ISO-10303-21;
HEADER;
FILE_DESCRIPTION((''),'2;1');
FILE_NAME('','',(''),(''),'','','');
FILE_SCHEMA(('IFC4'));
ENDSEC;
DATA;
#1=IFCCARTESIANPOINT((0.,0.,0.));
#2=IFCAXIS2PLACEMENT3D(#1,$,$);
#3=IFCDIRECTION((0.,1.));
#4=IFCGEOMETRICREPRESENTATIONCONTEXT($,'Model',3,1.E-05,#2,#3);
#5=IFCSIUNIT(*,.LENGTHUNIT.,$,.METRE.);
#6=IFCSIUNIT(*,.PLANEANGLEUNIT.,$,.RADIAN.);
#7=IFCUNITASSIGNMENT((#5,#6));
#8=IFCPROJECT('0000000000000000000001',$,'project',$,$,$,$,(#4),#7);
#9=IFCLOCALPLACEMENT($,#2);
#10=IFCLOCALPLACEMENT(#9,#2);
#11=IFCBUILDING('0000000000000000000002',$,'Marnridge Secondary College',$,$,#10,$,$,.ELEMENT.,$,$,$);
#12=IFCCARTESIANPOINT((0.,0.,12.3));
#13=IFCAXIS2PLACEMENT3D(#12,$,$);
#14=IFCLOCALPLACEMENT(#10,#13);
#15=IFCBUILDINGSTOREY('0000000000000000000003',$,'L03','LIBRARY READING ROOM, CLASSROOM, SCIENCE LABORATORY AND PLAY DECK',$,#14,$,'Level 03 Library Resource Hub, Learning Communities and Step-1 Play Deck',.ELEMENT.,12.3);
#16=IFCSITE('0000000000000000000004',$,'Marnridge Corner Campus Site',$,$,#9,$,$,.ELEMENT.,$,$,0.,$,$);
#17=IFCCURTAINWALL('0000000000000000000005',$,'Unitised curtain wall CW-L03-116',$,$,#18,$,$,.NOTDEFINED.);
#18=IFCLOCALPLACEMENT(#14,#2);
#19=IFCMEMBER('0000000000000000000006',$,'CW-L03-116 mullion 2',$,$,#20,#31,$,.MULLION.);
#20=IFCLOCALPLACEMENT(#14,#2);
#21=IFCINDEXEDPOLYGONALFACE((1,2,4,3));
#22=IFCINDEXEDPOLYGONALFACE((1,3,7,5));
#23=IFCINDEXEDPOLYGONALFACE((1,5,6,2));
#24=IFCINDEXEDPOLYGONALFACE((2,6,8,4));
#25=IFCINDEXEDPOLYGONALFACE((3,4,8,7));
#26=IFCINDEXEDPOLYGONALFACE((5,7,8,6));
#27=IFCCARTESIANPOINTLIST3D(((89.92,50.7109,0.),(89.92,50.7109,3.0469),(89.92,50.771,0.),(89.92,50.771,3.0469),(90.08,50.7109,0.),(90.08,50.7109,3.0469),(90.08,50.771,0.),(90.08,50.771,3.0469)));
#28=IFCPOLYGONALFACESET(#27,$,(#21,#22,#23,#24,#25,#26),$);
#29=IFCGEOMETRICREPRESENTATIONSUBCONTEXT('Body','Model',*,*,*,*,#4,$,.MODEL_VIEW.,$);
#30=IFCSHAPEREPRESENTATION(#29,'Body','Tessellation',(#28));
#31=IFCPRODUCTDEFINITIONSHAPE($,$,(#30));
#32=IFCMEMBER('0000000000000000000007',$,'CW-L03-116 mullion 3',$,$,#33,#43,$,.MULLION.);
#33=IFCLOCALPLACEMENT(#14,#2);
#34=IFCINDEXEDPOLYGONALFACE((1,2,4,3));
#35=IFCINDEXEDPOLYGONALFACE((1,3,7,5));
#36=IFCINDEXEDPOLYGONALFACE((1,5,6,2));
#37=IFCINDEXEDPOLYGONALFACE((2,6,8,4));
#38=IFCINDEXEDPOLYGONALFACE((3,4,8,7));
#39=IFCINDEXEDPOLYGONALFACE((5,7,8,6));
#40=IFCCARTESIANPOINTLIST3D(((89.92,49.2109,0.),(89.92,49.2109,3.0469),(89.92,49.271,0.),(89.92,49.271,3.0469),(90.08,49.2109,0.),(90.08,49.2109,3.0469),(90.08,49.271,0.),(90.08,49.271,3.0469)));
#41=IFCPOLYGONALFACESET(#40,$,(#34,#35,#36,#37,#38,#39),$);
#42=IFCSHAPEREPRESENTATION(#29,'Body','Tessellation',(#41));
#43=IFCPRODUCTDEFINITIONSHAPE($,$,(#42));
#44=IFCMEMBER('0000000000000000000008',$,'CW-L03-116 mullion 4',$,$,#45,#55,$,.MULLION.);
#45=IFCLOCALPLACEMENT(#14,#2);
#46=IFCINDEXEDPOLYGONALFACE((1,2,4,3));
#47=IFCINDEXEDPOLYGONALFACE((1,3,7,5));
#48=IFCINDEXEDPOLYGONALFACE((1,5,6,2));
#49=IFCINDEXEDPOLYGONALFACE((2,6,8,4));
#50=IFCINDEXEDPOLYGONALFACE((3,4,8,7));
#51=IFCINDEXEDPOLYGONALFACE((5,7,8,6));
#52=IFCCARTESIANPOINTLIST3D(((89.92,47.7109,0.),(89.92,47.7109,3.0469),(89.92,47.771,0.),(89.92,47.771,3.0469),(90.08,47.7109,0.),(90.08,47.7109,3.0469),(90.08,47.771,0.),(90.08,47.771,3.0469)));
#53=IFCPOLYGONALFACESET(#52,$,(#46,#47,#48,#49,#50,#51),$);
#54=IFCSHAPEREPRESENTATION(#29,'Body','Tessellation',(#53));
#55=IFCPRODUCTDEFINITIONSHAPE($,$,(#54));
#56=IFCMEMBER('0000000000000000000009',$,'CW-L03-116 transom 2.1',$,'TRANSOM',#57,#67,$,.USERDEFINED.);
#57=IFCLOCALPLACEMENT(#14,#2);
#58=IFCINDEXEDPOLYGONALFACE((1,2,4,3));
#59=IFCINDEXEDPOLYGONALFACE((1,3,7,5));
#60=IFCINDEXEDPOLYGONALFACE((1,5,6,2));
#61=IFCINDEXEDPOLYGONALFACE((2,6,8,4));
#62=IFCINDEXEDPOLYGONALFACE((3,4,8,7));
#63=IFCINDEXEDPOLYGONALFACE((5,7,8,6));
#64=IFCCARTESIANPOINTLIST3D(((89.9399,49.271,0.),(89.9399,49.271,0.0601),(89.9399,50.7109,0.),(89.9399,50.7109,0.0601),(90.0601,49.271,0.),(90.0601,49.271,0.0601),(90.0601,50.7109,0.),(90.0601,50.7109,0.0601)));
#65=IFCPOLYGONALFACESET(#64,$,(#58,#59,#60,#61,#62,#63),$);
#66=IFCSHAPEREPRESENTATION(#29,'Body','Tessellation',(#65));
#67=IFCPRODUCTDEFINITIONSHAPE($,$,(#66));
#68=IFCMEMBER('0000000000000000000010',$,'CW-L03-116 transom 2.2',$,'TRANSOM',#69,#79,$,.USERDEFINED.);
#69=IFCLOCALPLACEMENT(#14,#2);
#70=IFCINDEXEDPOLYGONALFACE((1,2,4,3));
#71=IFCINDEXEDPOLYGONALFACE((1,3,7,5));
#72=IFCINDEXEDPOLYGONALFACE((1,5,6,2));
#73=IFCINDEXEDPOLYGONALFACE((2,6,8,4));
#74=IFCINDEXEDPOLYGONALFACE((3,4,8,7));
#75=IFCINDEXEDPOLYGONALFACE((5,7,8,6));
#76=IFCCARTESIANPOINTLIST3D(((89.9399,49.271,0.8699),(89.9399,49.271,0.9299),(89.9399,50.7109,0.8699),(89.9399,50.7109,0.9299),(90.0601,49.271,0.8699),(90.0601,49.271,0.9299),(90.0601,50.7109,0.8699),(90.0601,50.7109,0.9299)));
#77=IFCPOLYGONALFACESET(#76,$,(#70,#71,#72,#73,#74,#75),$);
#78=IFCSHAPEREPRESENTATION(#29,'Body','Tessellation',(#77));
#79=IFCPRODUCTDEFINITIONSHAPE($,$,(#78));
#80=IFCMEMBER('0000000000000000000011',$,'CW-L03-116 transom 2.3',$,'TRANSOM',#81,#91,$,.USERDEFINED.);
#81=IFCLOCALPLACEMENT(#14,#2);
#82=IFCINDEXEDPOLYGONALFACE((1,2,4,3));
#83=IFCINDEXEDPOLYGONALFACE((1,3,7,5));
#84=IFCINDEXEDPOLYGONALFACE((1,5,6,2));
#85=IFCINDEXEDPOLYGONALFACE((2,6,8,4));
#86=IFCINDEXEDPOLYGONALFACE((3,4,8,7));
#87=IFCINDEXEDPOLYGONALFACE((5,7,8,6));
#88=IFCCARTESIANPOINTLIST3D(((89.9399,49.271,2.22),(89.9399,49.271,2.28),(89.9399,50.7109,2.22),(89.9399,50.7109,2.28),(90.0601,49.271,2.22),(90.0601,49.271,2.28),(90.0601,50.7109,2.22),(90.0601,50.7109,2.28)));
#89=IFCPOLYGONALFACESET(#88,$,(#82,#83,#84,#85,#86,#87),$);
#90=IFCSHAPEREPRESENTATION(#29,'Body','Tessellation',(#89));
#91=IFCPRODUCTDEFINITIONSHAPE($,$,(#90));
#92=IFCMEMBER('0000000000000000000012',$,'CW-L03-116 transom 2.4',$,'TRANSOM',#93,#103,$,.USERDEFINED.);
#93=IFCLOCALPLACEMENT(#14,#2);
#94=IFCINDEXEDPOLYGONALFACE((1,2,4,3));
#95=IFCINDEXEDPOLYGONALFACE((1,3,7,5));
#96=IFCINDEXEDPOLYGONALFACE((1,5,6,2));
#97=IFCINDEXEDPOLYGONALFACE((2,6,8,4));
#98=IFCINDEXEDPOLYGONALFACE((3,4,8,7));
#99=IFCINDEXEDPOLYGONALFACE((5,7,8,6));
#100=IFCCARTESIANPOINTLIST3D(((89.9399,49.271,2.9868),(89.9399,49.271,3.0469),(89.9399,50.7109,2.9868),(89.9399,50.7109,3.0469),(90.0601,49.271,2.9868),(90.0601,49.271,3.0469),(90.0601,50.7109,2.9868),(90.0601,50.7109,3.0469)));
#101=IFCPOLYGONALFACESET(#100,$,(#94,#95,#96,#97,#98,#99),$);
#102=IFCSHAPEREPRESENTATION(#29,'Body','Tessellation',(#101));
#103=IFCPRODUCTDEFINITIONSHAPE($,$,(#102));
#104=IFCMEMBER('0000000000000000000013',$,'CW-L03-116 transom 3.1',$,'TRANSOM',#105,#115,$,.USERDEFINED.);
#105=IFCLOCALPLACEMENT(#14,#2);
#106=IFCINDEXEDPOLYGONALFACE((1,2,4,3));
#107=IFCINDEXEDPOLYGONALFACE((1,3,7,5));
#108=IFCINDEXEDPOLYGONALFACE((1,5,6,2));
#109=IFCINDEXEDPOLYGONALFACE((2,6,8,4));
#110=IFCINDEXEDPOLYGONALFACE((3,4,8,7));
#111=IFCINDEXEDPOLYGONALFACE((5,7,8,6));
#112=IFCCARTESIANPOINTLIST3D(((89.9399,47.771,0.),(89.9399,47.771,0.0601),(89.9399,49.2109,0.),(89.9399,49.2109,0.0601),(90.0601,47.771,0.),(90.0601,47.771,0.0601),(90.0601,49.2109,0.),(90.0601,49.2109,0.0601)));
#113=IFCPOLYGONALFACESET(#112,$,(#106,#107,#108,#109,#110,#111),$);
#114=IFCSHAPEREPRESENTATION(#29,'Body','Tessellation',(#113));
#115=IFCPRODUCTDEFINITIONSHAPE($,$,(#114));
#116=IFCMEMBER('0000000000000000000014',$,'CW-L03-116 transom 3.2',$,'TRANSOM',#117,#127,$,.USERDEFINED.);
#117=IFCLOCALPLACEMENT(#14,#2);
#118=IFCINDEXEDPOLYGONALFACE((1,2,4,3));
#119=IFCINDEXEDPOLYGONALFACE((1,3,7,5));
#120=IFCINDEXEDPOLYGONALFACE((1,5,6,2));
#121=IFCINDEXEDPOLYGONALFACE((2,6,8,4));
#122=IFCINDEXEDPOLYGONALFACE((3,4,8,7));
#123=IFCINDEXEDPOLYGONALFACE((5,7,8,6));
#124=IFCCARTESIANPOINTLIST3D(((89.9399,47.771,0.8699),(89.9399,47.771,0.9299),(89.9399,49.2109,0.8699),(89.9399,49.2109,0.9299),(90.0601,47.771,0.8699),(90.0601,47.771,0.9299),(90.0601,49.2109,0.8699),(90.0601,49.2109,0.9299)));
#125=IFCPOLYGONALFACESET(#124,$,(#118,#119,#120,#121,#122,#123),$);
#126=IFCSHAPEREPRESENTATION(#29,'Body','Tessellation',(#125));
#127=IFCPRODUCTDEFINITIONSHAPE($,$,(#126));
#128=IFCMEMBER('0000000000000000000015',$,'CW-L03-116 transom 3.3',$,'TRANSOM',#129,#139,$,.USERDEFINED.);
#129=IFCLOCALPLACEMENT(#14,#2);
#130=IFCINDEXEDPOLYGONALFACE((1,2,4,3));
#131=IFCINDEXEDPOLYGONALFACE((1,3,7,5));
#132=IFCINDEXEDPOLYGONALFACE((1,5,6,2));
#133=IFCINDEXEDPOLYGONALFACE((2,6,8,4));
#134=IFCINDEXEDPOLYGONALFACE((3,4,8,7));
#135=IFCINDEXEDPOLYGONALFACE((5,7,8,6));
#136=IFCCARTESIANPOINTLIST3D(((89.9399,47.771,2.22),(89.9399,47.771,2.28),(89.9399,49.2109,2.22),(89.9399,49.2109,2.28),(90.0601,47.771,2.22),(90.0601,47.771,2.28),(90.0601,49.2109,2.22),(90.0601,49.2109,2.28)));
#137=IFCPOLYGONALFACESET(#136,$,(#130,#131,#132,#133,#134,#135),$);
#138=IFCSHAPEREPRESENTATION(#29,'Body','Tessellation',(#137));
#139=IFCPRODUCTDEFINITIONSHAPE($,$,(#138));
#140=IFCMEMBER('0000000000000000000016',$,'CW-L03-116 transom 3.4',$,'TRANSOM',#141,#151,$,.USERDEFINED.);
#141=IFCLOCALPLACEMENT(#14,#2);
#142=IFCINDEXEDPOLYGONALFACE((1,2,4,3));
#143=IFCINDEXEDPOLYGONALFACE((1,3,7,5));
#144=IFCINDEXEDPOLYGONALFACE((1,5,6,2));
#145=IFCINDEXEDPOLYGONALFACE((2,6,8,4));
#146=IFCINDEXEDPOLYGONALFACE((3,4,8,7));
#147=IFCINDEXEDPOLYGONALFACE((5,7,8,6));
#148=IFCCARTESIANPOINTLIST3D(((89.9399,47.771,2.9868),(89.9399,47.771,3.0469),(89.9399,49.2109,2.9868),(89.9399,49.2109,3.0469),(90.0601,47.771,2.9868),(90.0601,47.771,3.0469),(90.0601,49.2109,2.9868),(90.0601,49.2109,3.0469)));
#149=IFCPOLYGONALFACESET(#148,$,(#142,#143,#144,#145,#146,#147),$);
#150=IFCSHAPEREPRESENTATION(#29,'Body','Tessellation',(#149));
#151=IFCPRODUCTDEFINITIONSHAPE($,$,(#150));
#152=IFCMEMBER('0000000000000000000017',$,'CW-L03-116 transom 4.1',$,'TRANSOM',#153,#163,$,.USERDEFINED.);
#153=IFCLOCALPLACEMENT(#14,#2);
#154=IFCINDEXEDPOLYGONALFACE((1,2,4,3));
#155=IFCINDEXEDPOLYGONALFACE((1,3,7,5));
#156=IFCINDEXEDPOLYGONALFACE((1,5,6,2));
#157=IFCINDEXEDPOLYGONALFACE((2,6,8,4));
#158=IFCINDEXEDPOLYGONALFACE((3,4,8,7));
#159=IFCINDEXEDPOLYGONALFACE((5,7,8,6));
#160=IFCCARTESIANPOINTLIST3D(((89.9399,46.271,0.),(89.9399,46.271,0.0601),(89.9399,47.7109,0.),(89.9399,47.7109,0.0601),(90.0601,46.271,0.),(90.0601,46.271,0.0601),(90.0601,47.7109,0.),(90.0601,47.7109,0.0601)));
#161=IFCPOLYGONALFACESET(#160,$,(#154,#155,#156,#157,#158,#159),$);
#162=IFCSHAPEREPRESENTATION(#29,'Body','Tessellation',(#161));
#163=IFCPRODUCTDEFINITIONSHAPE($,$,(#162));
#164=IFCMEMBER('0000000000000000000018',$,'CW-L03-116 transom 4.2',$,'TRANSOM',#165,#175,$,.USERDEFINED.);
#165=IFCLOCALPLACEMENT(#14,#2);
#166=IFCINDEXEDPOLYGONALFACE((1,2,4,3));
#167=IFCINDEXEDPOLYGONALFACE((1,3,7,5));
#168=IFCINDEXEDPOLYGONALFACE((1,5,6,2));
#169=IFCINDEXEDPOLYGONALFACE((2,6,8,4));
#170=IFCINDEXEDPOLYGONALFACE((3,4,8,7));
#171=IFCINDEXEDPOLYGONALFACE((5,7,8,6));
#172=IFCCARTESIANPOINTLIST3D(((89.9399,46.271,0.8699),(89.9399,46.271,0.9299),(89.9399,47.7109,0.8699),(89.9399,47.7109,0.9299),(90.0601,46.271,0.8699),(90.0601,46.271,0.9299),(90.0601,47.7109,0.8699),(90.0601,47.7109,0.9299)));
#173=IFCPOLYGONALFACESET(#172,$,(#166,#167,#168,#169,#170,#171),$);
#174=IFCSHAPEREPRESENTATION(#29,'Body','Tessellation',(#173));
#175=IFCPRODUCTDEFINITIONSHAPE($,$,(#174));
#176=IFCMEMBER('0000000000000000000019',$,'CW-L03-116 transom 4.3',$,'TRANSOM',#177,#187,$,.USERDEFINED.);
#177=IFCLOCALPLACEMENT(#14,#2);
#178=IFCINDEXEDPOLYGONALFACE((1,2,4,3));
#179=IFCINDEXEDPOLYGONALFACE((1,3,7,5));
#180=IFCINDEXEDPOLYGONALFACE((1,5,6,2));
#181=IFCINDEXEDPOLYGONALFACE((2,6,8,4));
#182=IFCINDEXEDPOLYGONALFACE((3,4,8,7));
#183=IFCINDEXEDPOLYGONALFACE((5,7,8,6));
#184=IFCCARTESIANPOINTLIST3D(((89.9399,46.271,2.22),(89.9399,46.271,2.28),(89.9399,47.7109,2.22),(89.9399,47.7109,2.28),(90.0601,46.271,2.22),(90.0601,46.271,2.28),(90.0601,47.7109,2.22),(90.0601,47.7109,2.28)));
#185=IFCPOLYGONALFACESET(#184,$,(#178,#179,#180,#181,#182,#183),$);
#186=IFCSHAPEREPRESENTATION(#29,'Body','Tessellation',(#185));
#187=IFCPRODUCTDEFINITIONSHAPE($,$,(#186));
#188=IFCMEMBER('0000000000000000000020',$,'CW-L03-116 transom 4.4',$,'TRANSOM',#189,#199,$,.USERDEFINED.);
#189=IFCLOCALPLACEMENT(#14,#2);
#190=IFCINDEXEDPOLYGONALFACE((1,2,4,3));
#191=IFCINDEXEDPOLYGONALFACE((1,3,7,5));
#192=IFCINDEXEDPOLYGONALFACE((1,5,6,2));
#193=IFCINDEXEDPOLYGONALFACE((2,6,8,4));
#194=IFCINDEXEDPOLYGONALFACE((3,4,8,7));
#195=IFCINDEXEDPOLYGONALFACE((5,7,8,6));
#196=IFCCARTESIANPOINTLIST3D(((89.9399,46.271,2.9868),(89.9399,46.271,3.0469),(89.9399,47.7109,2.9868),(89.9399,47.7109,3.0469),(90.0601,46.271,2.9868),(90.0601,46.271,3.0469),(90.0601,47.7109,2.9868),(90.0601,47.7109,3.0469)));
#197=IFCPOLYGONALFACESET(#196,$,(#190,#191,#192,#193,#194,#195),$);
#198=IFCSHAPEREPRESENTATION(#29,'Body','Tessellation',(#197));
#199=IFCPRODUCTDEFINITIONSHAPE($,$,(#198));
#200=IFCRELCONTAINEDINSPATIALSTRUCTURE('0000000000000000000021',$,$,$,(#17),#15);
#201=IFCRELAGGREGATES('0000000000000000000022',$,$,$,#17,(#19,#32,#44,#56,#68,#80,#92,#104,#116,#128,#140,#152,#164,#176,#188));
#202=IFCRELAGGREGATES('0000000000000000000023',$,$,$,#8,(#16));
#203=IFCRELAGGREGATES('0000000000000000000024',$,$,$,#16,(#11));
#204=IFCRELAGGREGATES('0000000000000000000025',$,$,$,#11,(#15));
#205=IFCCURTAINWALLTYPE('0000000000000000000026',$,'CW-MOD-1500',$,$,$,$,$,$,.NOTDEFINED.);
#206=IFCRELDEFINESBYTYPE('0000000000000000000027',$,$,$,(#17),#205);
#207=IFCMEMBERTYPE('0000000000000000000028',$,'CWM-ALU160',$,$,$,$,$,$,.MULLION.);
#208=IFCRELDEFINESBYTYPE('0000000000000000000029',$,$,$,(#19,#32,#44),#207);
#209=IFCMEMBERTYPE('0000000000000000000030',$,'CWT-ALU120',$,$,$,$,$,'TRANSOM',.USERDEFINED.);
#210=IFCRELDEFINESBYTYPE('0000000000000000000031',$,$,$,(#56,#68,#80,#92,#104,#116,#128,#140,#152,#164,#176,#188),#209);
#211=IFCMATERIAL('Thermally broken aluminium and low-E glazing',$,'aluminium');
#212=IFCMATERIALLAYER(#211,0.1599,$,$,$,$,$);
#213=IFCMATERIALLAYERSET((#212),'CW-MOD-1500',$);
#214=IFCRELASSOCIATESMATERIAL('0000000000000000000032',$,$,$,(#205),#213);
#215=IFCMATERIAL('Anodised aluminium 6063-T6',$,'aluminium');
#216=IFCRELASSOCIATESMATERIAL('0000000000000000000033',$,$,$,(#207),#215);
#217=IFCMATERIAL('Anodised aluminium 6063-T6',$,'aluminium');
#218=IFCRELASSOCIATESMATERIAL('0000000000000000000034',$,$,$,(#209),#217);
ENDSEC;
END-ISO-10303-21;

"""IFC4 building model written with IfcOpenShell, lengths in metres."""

from ifc_helpers import new_model, si_unit, direction, frame, origin, origin_2d, place, context, subcontext, project, spatial, rectangle, extrude, material, layer, layer_set, material_profile, profile_set, type_object, element, aggregate, save


model = new_model("IFC4")

# Units and contexts
model_context = context("Model", 3, precision=1e-05, world=origin(), true_north=direction((0.0, 1.0)))
body_context = subcontext(model_context, "Body", "Model", "MODEL_VIEW")
ifc_project = project(units=[si_unit("LENGTHUNIT", "METRE"), si_unit("PLANEANGLEUNIT", "RADIAN")], contexts=[model_context])

# Site, building, storey
site_placement = place(None, origin())
site = spatial("IfcSite", under=ifc_project, at=site_placement, Name="Marnridge Corner Campus Site", CompositionType="ELEMENT", RefElevation=0.0)
building_placement = place(site_placement, origin())
building = spatial("IfcBuilding", under=site, at=building_placement, Name="Marnridge Secondary College", CompositionType="ELEMENT")
storey_placement = place(building_placement, frame((0.0, 0.0, 12.3)))
storey = spatial("IfcBuildingStorey", under=building, at=storey_placement, Name="L03", Description="LIBRARY READING ROOM, CLASSROOM, SCIENCE LABORATORY AND PLAY DECK", LongName="Level 03 Library Resource Hub, Learning Communities and Step-1 Play Deck", CompositionType="ELEMENT", Elevation=12.3)

# Curtain wall, members
ifc_material_1 = material(Name="Thermally broken aluminium and low-E glazing", Category="aluminium")
ifc_layer_1 = layer(ifc_material_1, 0.1599)
ifc_layer_set_1 = layer_set([ifc_layer_1], Name="CW-MOD-1500")
curtain_wall_type = type_object("IfcCurtainWallType", Name="CW-MOD-1500", PredefinedType="NOTDEFINED", material=ifc_layer_set_1)
curtain_wall_placement = place(storey_placement, origin())
curtain_wall = element("IfcCurtainWall", 1, at=curtain_wall_placement, inside=storey, type_object=curtain_wall_type, Name="Unitised curtain wall CW-L03-116", PredefinedType="NOTDEFINED")
ifc_material_2 = material(Name="Anodised aluminium 6063-T6", Category="aluminium")
ifc_material_profile_1 = material_profile(ifc_material_2, rectangle(XDim=0.0601, YDim=0.1599, at=origin_2d()), Name="ALU 60x160")
ifc_profile_set_1 = profile_set([ifc_material_profile_1], Name="Anodised aluminium 6063-T6")
member_type_1 = type_object("IfcMemberType", Name="CWM-ALU160", PredefinedType="MULLION", material=ifc_profile_set_1)
member_1_placement = place(storey_placement, frame((90.0, 50.741, 0.0), z_axis=(0.0, 0.0, 1.0), x_axis=(0.0, -1.0, 0.0)))
member_1 = element("IfcMember", 2, at=member_1_placement, type_object=member_type_1, Name="CW-L03-116 mullion 2", PredefinedType="MULLION", context=body_context, shape_type="SweptSolid", body=[
    extrude(rectangle(XDim=0.0601, YDim=0.1599, at=origin_2d()), origin(), (0.0, 0.0, 1.0), 3.0469),
])
member_2_placement = place(storey_placement, frame((90.0, 49.241, 0.0), z_axis=(0.0, 0.0, 1.0), x_axis=(0.0, -1.0, 0.0)))
member_2 = element("IfcMember", 3, at=member_2_placement, type_object=member_type_1, Name="CW-L03-116 mullion 3", PredefinedType="MULLION", context=body_context, shape_type="SweptSolid", body=[
    extrude(rectangle(XDim=0.0601, YDim=0.1599, at=origin_2d()), origin(), (0.0, 0.0, 1.0), 3.0469),
])
member_3_placement = place(storey_placement, frame((90.0, 47.741, 0.0), z_axis=(0.0, 0.0, 1.0), x_axis=(0.0, -1.0, 0.0)))
member_3 = element("IfcMember", 4, at=member_3_placement, type_object=member_type_1, Name="CW-L03-116 mullion 4", PredefinedType="MULLION", context=body_context, shape_type="SweptSolid", body=[
    extrude(rectangle(XDim=0.0601, YDim=0.1599, at=origin_2d()), origin(), (0.0, 0.0, 1.0), 3.0469),
])
ifc_material_3 = material(Name="Anodised aluminium 6063-T6", Category="aluminium")
ifc_material_profile_2 = material_profile(ifc_material_3, rectangle(XDim=0.0601, YDim=0.1201, at=origin_2d()), Name="ALU 60x120")
ifc_profile_set_2 = profile_set([ifc_material_profile_2], Name="Anodised aluminium 6063-T6")
member_type_2 = type_object("IfcMemberType", Name="CWT-ALU120", ElementType="TRANSOM", PredefinedType="USERDEFINED", material=ifc_profile_set_2)
member_4_placement = place(storey_placement, frame((90.0, 50.7109, 0.03), z_axis=(0.0, -1.0, 0.0), x_axis=(0.0, 0.0, 1.0)))
member_4 = element("IfcMember", 5, at=member_4_placement, type_object=member_type_2, Name="CW-L03-116 transom 2.1", ObjectType="TRANSOM", PredefinedType="USERDEFINED", context=body_context, shape_type="SweptSolid", body=[
    extrude(rectangle(XDim=0.0601, YDim=0.1201, at=origin_2d()), origin(), (0.0, 0.0, 1.0), 1.4399),
])
member_5_placement = place(storey_placement, frame((90.0, 50.7109, 0.8999), z_axis=(0.0, -1.0, 0.0), x_axis=(0.0, 0.0, 1.0)))
member_5 = element("IfcMember", 6, at=member_5_placement, type_object=member_type_2, Name="CW-L03-116 transom 2.2", ObjectType="TRANSOM", PredefinedType="USERDEFINED", context=body_context, shape_type="SweptSolid", body=[
    extrude(rectangle(XDim=0.0601, YDim=0.1201, at=origin_2d()), origin(), (0.0, 0.0, 1.0), 1.4399),
])
member_6_placement = place(storey_placement, frame((90.0, 50.7109, 2.25), z_axis=(0.0, -1.0, 0.0), x_axis=(0.0, 0.0, 1.0)))
member_6 = element("IfcMember", 7, at=member_6_placement, type_object=member_type_2, Name="CW-L03-116 transom 2.3", ObjectType="TRANSOM", PredefinedType="USERDEFINED", context=body_context, shape_type="SweptSolid", body=[
    extrude(rectangle(XDim=0.0601, YDim=0.1201, at=origin_2d()), origin(), (0.0, 0.0, 1.0), 1.4399),
])
member_7_placement = place(storey_placement, frame((90.0, 50.7109, 3.0168), z_axis=(0.0, -1.0, 0.0), x_axis=(0.0, 0.0, 1.0)))
member_7 = element("IfcMember", 8, at=member_7_placement, type_object=member_type_2, Name="CW-L03-116 transom 2.4", ObjectType="TRANSOM", PredefinedType="USERDEFINED", context=body_context, shape_type="SweptSolid", body=[
    extrude(rectangle(XDim=0.0601, YDim=0.1201, at=origin_2d()), origin(), (0.0, 0.0, 1.0), 1.4399),
])
member_8_placement = place(storey_placement, frame((90.0, 49.2109, 0.03), z_axis=(0.0, -1.0, 0.0), x_axis=(0.0, 0.0, 1.0)))
member_8 = element("IfcMember", 9, at=member_8_placement, type_object=member_type_2, Name="CW-L03-116 transom 3.1", ObjectType="TRANSOM", PredefinedType="USERDEFINED", context=body_context, shape_type="SweptSolid", body=[
    extrude(rectangle(XDim=0.0601, YDim=0.1201, at=origin_2d()), origin(), (0.0, 0.0, 1.0), 1.4399),
])
member_9_placement = place(storey_placement, frame((90.0, 49.2109, 0.8999), z_axis=(0.0, -1.0, 0.0), x_axis=(0.0, 0.0, 1.0)))
member_9 = element("IfcMember", 10, at=member_9_placement, type_object=member_type_2, Name="CW-L03-116 transom 3.2", ObjectType="TRANSOM", PredefinedType="USERDEFINED", context=body_context, shape_type="SweptSolid", body=[
    extrude(rectangle(XDim=0.0601, YDim=0.1201, at=origin_2d()), origin(), (0.0, 0.0, 1.0), 1.4399),
])
member_10_placement = place(storey_placement, frame((90.0, 49.2109, 2.25), z_axis=(0.0, -1.0, 0.0), x_axis=(0.0, 0.0, 1.0)))
member_10 = element("IfcMember", 11, at=member_10_placement, type_object=member_type_2, Name="CW-L03-116 transom 3.3", ObjectType="TRANSOM", PredefinedType="USERDEFINED", context=body_context, shape_type="SweptSolid", body=[
    extrude(rectangle(XDim=0.0601, YDim=0.1201, at=origin_2d()), origin(), (0.0, 0.0, 1.0), 1.4399),
])
member_11_placement = place(storey_placement, frame((90.0, 49.2109, 3.0168), z_axis=(0.0, -1.0, 0.0), x_axis=(0.0, 0.0, 1.0)))
member_11 = element("IfcMember", 12, at=member_11_placement, type_object=member_type_2, Name="CW-L03-116 transom 3.4", ObjectType="TRANSOM", PredefinedType="USERDEFINED", context=body_context, shape_type="SweptSolid", body=[
    extrude(rectangle(XDim=0.0601, YDim=0.1201, at=origin_2d()), origin(), (0.0, 0.0, 1.0), 1.4399),
])
member_12_placement = place(storey_placement, frame((90.0, 47.7109, 0.03), z_axis=(0.0, -1.0, 0.0), x_axis=(0.0, 0.0, 1.0)))
member_12 = element("IfcMember", 13, at=member_12_placement, type_object=member_type_2, Name="CW-L03-116 transom 4.1", ObjectType="TRANSOM", PredefinedType="USERDEFINED", context=body_context, shape_type="SweptSolid", body=[
    extrude(rectangle(XDim=0.0601, YDim=0.1201, at=origin_2d()), origin(), (0.0, 0.0, 1.0), 1.4399),
])
member_13_placement = place(storey_placement, frame((90.0, 47.7109, 0.8999), z_axis=(0.0, -1.0, 0.0), x_axis=(0.0, 0.0, 1.0)))
member_13 = element("IfcMember", 14, at=member_13_placement, type_object=member_type_2, Name="CW-L03-116 transom 4.2", ObjectType="TRANSOM", PredefinedType="USERDEFINED", context=body_context, shape_type="SweptSolid", body=[
    extrude(rectangle(XDim=0.0601, YDim=0.1201, at=origin_2d()), origin(), (0.0, 0.0, 1.0), 1.4399),
])
member_14_placement = place(storey_placement, frame((90.0, 47.7109, 2.25), z_axis=(0.0, -1.0, 0.0), x_axis=(0.0, 0.0, 1.0)))
member_14 = element("IfcMember", 15, at=member_14_placement, type_object=member_type_2, Name="CW-L03-116 transom 4.3", ObjectType="TRANSOM", PredefinedType="USERDEFINED", context=body_context, shape_type="SweptSolid", body=[
    extrude(rectangle(XDim=0.0601, YDim=0.1201, at=origin_2d()), origin(), (0.0, 0.0, 1.0), 1.4399),
])
member_15_placement = place(storey_placement, frame((90.0, 47.7109, 3.0168), z_axis=(0.0, -1.0, 0.0), x_axis=(0.0, 0.0, 1.0)))
member_15 = element("IfcMember", 16, at=member_15_placement, type_object=member_type_2, Name="CW-L03-116 transom 4.4", ObjectType="TRANSOM", PredefinedType="USERDEFINED", context=body_context, shape_type="SweptSolid", body=[
    extrude(rectangle(XDim=0.0601, YDim=0.1201, at=origin_2d()), origin(), (0.0, 0.0, 1.0), 1.4399),
])
aggregate(curtain_wall, [member_1, member_2, member_3, member_4, member_5, member_6, member_7, member_8, member_9, member_10, member_11, member_12, member_13, member_14, member_15])

save(model, "model.ifc")
